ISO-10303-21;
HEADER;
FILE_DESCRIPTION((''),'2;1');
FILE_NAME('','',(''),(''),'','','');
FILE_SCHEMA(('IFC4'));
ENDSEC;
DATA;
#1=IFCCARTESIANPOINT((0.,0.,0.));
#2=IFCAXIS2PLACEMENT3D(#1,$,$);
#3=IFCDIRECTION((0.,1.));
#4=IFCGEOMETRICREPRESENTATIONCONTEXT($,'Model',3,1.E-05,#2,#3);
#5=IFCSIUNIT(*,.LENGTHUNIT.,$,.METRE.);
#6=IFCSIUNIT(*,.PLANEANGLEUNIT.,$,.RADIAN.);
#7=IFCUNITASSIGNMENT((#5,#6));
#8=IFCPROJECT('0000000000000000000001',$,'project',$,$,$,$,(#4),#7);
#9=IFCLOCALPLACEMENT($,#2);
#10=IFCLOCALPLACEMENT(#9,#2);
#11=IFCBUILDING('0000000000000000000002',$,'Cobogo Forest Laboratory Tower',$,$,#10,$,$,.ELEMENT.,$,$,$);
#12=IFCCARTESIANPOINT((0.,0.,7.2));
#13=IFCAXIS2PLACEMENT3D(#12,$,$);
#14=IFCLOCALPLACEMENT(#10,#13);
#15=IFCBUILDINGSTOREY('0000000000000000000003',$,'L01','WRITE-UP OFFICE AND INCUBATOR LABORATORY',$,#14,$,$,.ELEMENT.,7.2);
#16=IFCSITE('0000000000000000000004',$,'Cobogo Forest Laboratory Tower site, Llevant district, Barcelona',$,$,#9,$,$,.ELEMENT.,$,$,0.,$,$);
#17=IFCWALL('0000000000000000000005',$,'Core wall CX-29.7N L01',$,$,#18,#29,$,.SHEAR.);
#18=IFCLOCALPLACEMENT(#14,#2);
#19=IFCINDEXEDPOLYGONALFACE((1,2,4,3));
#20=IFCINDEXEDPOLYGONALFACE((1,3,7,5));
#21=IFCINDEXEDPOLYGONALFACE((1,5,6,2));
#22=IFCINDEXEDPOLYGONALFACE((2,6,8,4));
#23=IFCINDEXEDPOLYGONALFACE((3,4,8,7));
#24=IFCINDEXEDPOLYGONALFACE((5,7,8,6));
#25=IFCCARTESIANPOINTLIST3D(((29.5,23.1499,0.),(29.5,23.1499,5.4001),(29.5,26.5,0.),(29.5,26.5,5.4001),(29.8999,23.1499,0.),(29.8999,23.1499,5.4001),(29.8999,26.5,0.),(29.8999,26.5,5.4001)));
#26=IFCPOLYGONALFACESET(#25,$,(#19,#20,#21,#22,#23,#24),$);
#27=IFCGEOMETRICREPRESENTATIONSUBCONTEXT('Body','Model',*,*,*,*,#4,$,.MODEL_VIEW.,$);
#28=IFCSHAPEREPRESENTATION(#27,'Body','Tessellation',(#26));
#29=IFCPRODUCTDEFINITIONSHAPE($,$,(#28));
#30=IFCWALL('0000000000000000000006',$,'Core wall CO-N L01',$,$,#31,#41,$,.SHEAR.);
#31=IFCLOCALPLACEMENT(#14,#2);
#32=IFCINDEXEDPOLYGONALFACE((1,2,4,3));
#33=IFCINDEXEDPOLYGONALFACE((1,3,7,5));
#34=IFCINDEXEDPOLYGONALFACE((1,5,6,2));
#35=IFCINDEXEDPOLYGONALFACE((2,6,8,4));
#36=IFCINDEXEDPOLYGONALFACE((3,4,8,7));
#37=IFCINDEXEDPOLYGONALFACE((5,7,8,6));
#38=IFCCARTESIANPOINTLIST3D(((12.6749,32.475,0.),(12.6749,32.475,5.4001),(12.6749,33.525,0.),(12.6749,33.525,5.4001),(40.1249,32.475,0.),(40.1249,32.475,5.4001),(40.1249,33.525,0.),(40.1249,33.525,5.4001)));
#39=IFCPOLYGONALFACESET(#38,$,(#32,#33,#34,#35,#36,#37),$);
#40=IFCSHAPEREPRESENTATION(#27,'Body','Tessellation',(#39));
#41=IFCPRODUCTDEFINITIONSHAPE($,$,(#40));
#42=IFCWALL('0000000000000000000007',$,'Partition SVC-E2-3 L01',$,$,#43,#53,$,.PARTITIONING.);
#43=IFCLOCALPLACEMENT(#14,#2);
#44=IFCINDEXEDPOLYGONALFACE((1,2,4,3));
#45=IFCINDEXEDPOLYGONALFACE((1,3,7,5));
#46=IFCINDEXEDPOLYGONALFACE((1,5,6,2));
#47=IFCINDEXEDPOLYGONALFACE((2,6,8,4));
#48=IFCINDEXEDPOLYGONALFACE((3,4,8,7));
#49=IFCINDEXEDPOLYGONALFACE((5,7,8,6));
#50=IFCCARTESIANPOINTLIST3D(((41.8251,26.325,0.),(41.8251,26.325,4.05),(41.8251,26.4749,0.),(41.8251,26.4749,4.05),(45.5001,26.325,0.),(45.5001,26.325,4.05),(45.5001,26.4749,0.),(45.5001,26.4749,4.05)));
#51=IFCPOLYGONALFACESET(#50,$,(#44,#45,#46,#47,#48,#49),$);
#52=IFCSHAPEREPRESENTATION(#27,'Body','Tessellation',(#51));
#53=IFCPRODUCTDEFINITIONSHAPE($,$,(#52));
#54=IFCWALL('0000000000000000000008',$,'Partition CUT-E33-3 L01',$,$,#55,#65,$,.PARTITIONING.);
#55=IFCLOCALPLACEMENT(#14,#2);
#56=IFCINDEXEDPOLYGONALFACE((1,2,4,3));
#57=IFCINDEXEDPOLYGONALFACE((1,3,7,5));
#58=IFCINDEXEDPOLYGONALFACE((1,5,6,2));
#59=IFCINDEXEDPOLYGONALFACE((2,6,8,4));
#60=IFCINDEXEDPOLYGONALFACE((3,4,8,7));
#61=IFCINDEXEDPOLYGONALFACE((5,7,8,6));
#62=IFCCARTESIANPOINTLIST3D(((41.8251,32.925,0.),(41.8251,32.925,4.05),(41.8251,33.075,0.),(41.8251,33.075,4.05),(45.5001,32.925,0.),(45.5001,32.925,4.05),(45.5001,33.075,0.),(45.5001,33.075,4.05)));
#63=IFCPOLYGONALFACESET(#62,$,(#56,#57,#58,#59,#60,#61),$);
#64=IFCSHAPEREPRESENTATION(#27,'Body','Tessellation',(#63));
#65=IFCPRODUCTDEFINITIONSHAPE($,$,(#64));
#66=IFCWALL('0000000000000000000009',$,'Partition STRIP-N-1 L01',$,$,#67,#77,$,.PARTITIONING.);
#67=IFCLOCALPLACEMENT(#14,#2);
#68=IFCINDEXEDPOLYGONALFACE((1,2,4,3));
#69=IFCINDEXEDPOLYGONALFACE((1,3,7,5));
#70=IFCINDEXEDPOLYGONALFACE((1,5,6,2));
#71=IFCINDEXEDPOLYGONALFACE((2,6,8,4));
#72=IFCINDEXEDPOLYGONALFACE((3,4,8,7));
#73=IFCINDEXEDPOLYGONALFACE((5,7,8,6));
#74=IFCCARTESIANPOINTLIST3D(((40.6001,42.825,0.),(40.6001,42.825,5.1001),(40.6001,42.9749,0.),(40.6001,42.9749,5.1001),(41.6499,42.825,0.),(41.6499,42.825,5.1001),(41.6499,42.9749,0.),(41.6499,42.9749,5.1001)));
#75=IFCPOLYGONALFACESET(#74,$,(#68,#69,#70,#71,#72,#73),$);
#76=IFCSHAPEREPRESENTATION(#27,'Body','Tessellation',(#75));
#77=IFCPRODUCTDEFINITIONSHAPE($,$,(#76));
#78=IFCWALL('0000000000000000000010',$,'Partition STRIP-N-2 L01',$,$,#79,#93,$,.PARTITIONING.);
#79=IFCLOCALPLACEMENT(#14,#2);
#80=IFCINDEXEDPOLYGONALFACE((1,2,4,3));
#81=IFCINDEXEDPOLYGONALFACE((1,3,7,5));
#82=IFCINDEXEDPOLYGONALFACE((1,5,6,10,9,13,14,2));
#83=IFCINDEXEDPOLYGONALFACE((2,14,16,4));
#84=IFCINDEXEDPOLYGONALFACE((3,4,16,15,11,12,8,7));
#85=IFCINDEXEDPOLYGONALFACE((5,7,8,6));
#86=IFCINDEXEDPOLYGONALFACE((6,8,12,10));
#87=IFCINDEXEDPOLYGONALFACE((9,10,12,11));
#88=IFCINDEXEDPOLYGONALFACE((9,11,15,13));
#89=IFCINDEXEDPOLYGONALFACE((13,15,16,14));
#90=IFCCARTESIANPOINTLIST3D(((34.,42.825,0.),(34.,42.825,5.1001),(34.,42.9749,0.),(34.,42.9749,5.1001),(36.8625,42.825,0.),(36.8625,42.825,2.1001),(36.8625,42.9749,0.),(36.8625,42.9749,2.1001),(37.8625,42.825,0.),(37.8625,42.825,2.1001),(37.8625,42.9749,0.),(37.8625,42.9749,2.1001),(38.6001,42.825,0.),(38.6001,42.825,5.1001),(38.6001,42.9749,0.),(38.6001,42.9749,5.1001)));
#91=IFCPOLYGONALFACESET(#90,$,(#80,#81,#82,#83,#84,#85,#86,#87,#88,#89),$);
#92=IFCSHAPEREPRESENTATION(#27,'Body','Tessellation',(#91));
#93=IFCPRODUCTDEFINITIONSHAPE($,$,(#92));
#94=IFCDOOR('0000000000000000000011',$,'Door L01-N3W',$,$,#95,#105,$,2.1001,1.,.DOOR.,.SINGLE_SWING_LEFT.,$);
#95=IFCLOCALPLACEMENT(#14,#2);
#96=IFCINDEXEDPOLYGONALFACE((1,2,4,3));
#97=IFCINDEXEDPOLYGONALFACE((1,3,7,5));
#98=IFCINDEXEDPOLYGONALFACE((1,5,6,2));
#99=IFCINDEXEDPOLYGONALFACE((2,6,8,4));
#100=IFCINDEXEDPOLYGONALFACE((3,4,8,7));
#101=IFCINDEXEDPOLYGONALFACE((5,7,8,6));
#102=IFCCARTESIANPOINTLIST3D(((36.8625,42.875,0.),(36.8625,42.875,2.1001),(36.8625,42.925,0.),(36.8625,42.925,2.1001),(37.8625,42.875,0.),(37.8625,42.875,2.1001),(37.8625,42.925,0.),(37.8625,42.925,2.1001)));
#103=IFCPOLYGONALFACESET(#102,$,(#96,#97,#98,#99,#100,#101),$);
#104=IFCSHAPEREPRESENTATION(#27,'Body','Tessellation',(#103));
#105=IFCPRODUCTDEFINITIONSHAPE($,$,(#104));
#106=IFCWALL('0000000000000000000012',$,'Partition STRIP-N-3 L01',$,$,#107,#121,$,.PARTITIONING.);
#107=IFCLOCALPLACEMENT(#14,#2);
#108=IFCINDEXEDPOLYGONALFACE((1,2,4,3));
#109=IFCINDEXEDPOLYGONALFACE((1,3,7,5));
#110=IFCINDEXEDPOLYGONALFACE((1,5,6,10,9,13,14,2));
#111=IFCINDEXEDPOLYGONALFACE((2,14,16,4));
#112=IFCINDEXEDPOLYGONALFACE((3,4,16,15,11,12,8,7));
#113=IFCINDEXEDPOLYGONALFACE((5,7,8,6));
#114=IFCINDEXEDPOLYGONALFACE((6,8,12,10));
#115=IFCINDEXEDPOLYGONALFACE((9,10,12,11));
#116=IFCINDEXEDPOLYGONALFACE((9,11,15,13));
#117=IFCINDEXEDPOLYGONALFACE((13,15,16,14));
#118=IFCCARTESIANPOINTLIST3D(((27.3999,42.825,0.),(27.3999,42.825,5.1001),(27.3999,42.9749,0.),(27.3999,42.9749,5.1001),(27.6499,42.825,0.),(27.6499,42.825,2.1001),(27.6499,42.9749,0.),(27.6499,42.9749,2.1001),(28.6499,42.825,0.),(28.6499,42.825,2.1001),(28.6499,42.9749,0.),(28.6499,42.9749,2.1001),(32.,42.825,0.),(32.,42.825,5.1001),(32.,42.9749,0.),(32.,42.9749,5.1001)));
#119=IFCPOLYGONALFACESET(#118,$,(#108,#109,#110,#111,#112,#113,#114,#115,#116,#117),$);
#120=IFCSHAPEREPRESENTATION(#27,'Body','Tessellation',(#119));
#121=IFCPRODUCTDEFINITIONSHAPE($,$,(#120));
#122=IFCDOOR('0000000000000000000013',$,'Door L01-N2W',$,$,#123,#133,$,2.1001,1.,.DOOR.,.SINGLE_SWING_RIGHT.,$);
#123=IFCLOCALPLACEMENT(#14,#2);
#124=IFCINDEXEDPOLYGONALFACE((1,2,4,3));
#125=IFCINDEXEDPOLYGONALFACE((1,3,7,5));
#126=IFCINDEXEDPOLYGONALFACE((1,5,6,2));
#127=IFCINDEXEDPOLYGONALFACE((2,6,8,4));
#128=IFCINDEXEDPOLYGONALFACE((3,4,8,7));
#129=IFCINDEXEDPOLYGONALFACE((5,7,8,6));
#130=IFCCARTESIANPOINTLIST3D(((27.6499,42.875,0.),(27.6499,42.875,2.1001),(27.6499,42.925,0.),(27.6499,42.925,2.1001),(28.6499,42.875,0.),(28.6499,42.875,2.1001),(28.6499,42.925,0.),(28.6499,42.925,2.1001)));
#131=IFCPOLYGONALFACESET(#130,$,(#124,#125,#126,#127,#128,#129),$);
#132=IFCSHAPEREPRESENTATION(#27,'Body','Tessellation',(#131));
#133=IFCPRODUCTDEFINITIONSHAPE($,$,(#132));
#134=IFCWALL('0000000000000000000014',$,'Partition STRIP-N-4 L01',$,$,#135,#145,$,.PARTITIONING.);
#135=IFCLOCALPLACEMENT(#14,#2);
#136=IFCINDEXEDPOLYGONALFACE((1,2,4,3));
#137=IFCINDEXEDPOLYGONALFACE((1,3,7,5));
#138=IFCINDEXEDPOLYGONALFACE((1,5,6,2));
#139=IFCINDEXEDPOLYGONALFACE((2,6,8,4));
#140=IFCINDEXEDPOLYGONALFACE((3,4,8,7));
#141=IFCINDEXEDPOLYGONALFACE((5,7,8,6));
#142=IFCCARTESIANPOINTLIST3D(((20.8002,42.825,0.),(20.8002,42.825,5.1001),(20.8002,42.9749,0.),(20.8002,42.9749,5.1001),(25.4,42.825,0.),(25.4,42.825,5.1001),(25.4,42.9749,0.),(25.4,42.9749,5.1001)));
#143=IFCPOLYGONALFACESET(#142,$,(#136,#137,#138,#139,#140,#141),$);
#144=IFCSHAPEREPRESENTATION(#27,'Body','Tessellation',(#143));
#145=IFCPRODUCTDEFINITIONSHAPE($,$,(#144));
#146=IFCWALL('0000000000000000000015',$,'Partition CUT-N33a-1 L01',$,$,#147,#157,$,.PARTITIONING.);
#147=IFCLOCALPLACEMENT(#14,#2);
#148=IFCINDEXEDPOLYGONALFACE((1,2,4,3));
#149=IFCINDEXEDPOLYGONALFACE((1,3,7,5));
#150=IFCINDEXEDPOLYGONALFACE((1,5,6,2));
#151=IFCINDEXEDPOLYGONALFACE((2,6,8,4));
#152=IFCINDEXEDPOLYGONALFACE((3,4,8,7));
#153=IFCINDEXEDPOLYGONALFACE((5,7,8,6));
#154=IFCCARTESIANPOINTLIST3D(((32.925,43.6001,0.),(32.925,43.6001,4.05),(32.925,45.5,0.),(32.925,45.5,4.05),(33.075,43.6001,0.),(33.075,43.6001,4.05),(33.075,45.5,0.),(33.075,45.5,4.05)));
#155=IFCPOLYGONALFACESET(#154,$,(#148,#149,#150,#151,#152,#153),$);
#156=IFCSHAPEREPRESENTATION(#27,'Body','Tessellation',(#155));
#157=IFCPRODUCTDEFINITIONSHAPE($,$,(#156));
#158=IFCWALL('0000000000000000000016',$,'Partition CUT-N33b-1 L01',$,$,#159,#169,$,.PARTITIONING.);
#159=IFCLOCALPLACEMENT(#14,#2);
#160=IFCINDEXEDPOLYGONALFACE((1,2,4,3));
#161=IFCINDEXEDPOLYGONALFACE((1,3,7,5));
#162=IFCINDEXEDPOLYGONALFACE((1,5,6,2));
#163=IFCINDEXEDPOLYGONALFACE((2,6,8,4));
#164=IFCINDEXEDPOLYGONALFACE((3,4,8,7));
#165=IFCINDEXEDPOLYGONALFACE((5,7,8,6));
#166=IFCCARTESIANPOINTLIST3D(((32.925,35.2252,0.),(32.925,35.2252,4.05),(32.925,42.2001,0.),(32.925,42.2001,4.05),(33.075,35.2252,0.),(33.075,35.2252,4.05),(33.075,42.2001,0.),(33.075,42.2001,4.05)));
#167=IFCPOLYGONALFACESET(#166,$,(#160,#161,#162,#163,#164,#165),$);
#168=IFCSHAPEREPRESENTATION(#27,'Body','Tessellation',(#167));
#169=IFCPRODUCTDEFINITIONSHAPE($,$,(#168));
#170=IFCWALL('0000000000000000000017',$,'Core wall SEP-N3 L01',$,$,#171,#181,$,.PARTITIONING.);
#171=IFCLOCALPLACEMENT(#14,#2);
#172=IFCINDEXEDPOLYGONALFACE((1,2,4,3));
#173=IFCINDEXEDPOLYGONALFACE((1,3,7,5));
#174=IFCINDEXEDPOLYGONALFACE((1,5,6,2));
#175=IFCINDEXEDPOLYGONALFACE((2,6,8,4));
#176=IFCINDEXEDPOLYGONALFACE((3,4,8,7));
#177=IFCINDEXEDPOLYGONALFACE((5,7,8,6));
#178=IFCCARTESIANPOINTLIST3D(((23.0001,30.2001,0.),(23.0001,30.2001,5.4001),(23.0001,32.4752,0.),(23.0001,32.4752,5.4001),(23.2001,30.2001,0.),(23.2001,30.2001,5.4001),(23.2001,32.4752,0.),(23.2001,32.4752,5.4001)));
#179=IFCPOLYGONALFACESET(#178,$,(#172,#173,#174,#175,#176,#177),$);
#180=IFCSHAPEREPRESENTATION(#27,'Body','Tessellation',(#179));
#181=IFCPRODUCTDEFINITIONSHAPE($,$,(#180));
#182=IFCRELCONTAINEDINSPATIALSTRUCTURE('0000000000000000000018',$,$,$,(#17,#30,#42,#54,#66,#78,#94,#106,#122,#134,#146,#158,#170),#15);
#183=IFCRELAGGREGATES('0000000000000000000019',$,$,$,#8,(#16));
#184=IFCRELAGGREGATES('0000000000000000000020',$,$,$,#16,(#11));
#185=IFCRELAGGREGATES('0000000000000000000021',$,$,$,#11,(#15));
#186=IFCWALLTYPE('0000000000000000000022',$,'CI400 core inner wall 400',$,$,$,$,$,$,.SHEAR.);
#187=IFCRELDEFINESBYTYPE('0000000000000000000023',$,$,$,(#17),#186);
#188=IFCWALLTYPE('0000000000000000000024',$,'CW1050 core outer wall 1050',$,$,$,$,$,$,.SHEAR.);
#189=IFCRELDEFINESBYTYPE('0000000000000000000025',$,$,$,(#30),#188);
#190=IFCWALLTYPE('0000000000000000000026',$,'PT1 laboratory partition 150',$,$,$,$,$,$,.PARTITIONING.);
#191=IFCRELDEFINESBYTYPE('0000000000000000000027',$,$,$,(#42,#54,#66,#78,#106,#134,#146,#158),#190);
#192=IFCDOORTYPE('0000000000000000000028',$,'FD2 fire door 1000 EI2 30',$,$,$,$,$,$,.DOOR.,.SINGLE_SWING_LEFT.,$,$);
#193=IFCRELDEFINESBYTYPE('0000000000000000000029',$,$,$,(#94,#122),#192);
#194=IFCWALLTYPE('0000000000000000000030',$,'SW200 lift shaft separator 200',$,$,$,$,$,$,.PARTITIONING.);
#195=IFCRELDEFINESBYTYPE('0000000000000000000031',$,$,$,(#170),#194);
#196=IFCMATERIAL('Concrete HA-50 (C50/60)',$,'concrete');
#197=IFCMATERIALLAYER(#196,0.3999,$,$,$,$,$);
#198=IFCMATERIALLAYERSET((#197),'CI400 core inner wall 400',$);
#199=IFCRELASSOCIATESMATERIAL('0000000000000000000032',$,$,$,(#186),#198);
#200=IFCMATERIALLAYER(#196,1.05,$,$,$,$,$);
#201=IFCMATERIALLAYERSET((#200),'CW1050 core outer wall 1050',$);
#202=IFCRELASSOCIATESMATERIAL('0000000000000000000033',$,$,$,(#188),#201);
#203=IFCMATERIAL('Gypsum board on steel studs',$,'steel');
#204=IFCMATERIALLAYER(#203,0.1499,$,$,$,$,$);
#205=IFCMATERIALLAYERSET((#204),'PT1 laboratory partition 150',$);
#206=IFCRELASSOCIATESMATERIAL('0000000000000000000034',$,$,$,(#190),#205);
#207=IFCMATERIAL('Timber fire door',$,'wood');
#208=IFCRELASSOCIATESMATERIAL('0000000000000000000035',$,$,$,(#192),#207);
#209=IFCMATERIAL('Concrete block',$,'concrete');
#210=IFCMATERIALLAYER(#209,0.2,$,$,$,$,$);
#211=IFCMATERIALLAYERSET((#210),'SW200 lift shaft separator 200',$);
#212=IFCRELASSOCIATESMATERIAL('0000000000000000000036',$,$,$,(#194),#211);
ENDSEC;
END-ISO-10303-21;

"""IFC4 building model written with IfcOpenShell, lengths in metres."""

from ifc_helpers import new_model, si_unit, direction, frame, frame_2d, origin, place, context, subcontext, project, spatial, rectangle, extrude, material, layer, layer_set, type_object, element, fill, save


model = new_model("IFC4")

# Units and contexts
model_context = context("Model", 3, precision=1e-05, world=origin(), true_north=direction((0.0, 1.0)))
body_context = subcontext(model_context, "Body", "Model", "MODEL_VIEW")
ifc_project = project(units=[si_unit("LENGTHUNIT", "METRE"), si_unit("PLANEANGLEUNIT", "RADIAN")], contexts=[model_context])

# Site, building, storey
site_placement = place(None, origin())
site = spatial("IfcSite", under=ifc_project, at=site_placement, Name="Cobogo Forest Laboratory Tower site, Llevant district, Barcelona", CompositionType="ELEMENT", RefElevation=0.0)
building_placement = place(site_placement, origin())
building = spatial("IfcBuilding", under=site, at=building_placement, Name="Cobogo Forest Laboratory Tower", CompositionType="ELEMENT")
storey_placement = place(building_placement, frame((0.0, 0.0, 7.2)))
storey = spatial("IfcBuildingStorey", under=building, at=storey_placement, Name="L01", Description="WRITE-UP OFFICE AND INCUBATOR LABORATORY", CompositionType="ELEMENT", Elevation=7.2)

# Shared definitions
ifc_material_1 = material(Name="Concrete HA-50 (C50/60)", Category="concrete")

# Walls
ifc_layer_1 = layer(ifc_material_1, 0.3999)
ifc_layer_set_1 = layer_set([ifc_layer_1], Name="CI400 core inner wall 400")
wall_type_1 = type_object("IfcWallType", Name="CI400 core inner wall 400", PredefinedType="SHEAR", material=ifc_layer_set_1)
for number, where, z_axis, x_axis, name in (
    (1, (29.7, 23.1499, 0.0), (0.0, 0.0, 1.0), (0.0, 1.0, 0.0), "Core wall CX-29.7N L01"),
):
    element("IfcWall", number, at=place(storey_placement, frame(where, z_axis=z_axis, x_axis=x_axis)), inside=storey, type_object=wall_type_1, Name=name, PredefinedType="SHEAR", context=body_context, shape_type="SweptSolid", body=[
        extrude(rectangle(XDim=3.3501, YDim=0.3999, at=frame_2d((1.675, 0.0))), origin(), (0.0, 0.0, 1.0), 5.4001),
    ])
ifc_layer_2 = layer(ifc_material_1, 1.05)
ifc_layer_set_2 = layer_set([ifc_layer_2], Name="CW1050 core outer wall 1050")
wall_type_2 = type_object("IfcWallType", Name="CW1050 core outer wall 1050", PredefinedType="SHEAR", material=ifc_layer_set_2)
wall_1_placement = place(storey_placement, frame((40.125, 33.0, 0.0), z_axis=(0.0, 0.0, 1.0), x_axis=(-1.0, 0.0, 0.0)))
element("IfcWall", 2, at=wall_1_placement, inside=storey, type_object=wall_type_2, Name="Core wall CO-N L01", PredefinedType="SHEAR", context=body_context, shape_type="SweptSolid", body=[
    extrude(rectangle(XDim=27.45, YDim=1.05, at=frame_2d((13.7251, 0.0))), origin(), (0.0, 0.0, 1.0), 5.4001),
])
ifc_material_2 = material(Name="Gypsum board on steel studs", Category="steel")
ifc_layer_3 = layer(ifc_material_2, 0.1499)
ifc_layer_set_3 = layer_set([ifc_layer_3], Name="PT1 laboratory partition 150")
wall_type_3 = type_object("IfcWallType", Name="PT1 laboratory partition 150", PredefinedType="PARTITIONING", material=ifc_layer_set_3)
for number, where, z_axis, x_axis, name in (
    (3, (45.5, 26.3999, 0.0), (0.0, 0.0, 1.0), (-1.0, 0.0, 0.0), "Partition SVC-E2-3 L01"),
    (4, (45.5, 33.0, 0.0), (0.0, 0.0, 1.0), (-1.0, 0.0, 0.0), "Partition CUT-E33-3 L01"),
):
    element("IfcWall", number, at=place(storey_placement, frame(where, z_axis=z_axis, x_axis=x_axis)), inside=storey, type_object=wall_type_3, Name=name, PredefinedType="PARTITIONING", context=body_context, shape_type="SweptSolid", body=[
        extrude(rectangle(XDim=3.675, YDim=0.1499, at=frame_2d((1.8374, 0.0))), origin(), (0.0, 0.0, 1.0), 4.05),
    ])
wall_2_placement = place(storey_placement, frame((41.6499, 42.8999, 0.0), z_axis=(0.0, 0.0, 1.0), x_axis=(-1.0, 0.0, 0.0)))
element("IfcWall", 5, at=wall_2_placement, inside=storey, type_object=wall_type_3, Name="Partition STRIP-N-1 L01", PredefinedType="PARTITIONING", context=body_context, shape_type="SweptSolid", body=[
    extrude(rectangle(XDim=1.0498, YDim=0.1499, at=frame_2d((0.5249, 0.0))), origin(), (0.0, 0.0, 1.0), 5.1001),
])

# Walls, openings, doors
wall_3_placement = place(storey_placement, frame((38.6001, 42.8999, 0.0), z_axis=(0.0, 0.0, 1.0), x_axis=(-1.0, 0.0, 0.0)))
wall_3 = element("IfcWall", 6, at=wall_3_placement, inside=storey, type_object=wall_type_3, Name="Partition STRIP-N-2 L01", PredefinedType="PARTITIONING", context=body_context, shape_type="SweptSolid", body=[
    extrude(rectangle(XDim=4.6001, YDim=0.1499, at=frame_2d((2.3, 0.0))), origin(), (0.0, 0.0, 1.0), 5.1001),
])
opening_1_placement = place(wall_3_placement, frame((0.7375, 0.0, 0.0)))
opening_1 = element("IfcOpeningElement", 7, at=opening_1_placement, cuts=wall_3, PredefinedType="OPENING", context=body_context, shape_type="SweptSolid", body=[
    extrude(rectangle(XDim=1.0, YDim=2.1001, at=frame_2d((0.5, 1.05))), frame((0.0, 0.085, 0.0), z_axis=(0.0, -1.0, 0.0), x_axis=(1.0, 0.0, 0.0)), (0.0, 0.0, 1.0), 0.1699),
])
ifc_material_3 = material(Name="Timber fire door", Category="wood")
door_type = type_object("IfcDoorType", Name="FD2 fire door 1000 EI2 30", OperationType="SINGLE_SWING_LEFT", PredefinedType="DOOR", material=ifc_material_3)
door_1_placement = place(opening_1_placement, origin())
door_1 = element("IfcDoor", 8, at=door_1_placement, inside=storey, type_object=door_type, Name="Door L01-N3W", OperationType="SINGLE_SWING_LEFT", OverallHeight=2.1001, OverallWidth=1.0, PredefinedType="DOOR", context=body_context, shape_type="SweptSolid", body=[
    extrude(rectangle(XDim=1.0, YDim=2.1001, at=frame_2d((0.5, 1.05))), frame((0.0, 0.0249, 0.0), z_axis=(0.0, -1.0, 0.0), x_axis=(1.0, 0.0, 0.0)), (0.0, 0.0, 1.0), 0.05),
])
fill(opening_1, door_1)
wall_4_placement = place(storey_placement, frame((32.0, 42.8999, 0.0), z_axis=(0.0, 0.0, 1.0), x_axis=(-1.0, 0.0, 0.0)))
wall_4 = element("IfcWall", 9, at=wall_4_placement, inside=storey, type_object=wall_type_3, Name="Partition STRIP-N-3 L01", PredefinedType="PARTITIONING", context=body_context, shape_type="SweptSolid", body=[
    extrude(rectangle(XDim=4.6001, YDim=0.1499, at=frame_2d((2.3, 0.0))), origin(), (0.0, 0.0, 1.0), 5.1001),
])
opening_2_placement = place(wall_4_placement, frame((3.3501, 0.0, 0.0)))
opening_2 = element("IfcOpeningElement", 10, at=opening_2_placement, cuts=wall_4, PredefinedType="OPENING", context=body_context, shape_type="SweptSolid", body=[
    extrude(rectangle(XDim=1.0, YDim=2.1001, at=frame_2d((0.5, 1.05))), frame((0.0, 0.085, 0.0), z_axis=(0.0, -1.0, 0.0), x_axis=(1.0, 0.0, 0.0)), (0.0, 0.0, 1.0), 0.1699),
])
door_2_placement = place(opening_2_placement, origin())
door_2 = element("IfcDoor", 11, at=door_2_placement, inside=storey, type_object=door_type, Name="Door L01-N2W", OperationType="SINGLE_SWING_RIGHT", OverallHeight=2.1001, OverallWidth=1.0, PredefinedType="DOOR", context=body_context, shape_type="SweptSolid", body=[
    extrude(rectangle(XDim=1.0, YDim=2.1001, at=frame_2d((0.5, 1.05))), frame((0.0, 0.0249, 0.0), z_axis=(0.0, -1.0, 0.0), x_axis=(1.0, 0.0, 0.0)), (0.0, 0.0, 1.0), 0.05),
])
fill(opening_2, door_2)

# Walls
wall_5_placement = place(storey_placement, frame((25.3999, 42.8999, 0.0), z_axis=(0.0, 0.0, 1.0), x_axis=(-1.0, 0.0, 0.0)))
element("IfcWall", 12, at=wall_5_placement, inside=storey, type_object=wall_type_3, Name="Partition STRIP-N-4 L01", PredefinedType="PARTITIONING", context=body_context, shape_type="SweptSolid", body=[
    extrude(rectangle(XDim=4.5999, YDim=0.1499, at=frame_2d((2.2998, 0.0))), origin(), (0.0, 0.0, 1.0), 5.1001),
])
wall_6_placement = place(storey_placement, frame((33.0, 45.5, 0.0), z_axis=(0.0, 0.0, 1.0), x_axis=(0.0, -1.0, 0.0)))
element("IfcWall", 13, at=wall_6_placement, inside=storey, type_object=wall_type_3, Name="Partition CUT-N33a-1 L01", PredefinedType="PARTITIONING", context=body_context, shape_type="SweptSolid", body=[
    extrude(rectangle(XDim=1.8999, YDim=0.1499, at=frame_2d((0.95, 0.0))), origin(), (0.0, 0.0, 1.0), 4.05),
])
wall_7_placement = place(storey_placement, frame((33.0, 42.2, 0.0), z_axis=(0.0, 0.0, 1.0), x_axis=(0.0, -1.0, 0.0)))
element("IfcWall", 14, at=wall_7_placement, inside=storey, type_object=wall_type_3, Name="Partition CUT-N33b-1 L01", PredefinedType="PARTITIONING", context=body_context, shape_type="SweptSolid", body=[
    extrude(rectangle(XDim=6.9749, YDim=0.1499, at=frame_2d((3.4873, 0.0))), origin(), (0.0, 0.0, 1.0), 4.05),
])
ifc_material_4 = material(Name="Concrete block", Category="concrete")
ifc_layer_4 = layer(ifc_material_4, 0.2)
ifc_layer_set_4 = layer_set([ifc_layer_4], Name="SW200 lift shaft separator 200")
wall_type_4 = type_object("IfcWallType", Name="SW200 lift shaft separator 200", PredefinedType="PARTITIONING", material=ifc_layer_set_4)
for number, where, z_axis, x_axis, name in (
    (15, (23.1001, 30.2, 0.0), (0.0, 0.0, 1.0), (0.0, 1.0, 0.0), "Core wall SEP-N3 L01"),
):
    element("IfcWall", number, at=place(storey_placement, frame(where, z_axis=z_axis, x_axis=x_axis)), inside=storey, type_object=wall_type_4, Name=name, PredefinedType="PARTITIONING", context=body_context, shape_type="SweptSolid", body=[
        extrude(rectangle(XDim=2.2751, YDim=0.2, at=frame_2d((1.1377, 0.0))), origin(), (0.0, 0.0, 1.0), 5.4001),
    ])

save(model, "model.ifc")
